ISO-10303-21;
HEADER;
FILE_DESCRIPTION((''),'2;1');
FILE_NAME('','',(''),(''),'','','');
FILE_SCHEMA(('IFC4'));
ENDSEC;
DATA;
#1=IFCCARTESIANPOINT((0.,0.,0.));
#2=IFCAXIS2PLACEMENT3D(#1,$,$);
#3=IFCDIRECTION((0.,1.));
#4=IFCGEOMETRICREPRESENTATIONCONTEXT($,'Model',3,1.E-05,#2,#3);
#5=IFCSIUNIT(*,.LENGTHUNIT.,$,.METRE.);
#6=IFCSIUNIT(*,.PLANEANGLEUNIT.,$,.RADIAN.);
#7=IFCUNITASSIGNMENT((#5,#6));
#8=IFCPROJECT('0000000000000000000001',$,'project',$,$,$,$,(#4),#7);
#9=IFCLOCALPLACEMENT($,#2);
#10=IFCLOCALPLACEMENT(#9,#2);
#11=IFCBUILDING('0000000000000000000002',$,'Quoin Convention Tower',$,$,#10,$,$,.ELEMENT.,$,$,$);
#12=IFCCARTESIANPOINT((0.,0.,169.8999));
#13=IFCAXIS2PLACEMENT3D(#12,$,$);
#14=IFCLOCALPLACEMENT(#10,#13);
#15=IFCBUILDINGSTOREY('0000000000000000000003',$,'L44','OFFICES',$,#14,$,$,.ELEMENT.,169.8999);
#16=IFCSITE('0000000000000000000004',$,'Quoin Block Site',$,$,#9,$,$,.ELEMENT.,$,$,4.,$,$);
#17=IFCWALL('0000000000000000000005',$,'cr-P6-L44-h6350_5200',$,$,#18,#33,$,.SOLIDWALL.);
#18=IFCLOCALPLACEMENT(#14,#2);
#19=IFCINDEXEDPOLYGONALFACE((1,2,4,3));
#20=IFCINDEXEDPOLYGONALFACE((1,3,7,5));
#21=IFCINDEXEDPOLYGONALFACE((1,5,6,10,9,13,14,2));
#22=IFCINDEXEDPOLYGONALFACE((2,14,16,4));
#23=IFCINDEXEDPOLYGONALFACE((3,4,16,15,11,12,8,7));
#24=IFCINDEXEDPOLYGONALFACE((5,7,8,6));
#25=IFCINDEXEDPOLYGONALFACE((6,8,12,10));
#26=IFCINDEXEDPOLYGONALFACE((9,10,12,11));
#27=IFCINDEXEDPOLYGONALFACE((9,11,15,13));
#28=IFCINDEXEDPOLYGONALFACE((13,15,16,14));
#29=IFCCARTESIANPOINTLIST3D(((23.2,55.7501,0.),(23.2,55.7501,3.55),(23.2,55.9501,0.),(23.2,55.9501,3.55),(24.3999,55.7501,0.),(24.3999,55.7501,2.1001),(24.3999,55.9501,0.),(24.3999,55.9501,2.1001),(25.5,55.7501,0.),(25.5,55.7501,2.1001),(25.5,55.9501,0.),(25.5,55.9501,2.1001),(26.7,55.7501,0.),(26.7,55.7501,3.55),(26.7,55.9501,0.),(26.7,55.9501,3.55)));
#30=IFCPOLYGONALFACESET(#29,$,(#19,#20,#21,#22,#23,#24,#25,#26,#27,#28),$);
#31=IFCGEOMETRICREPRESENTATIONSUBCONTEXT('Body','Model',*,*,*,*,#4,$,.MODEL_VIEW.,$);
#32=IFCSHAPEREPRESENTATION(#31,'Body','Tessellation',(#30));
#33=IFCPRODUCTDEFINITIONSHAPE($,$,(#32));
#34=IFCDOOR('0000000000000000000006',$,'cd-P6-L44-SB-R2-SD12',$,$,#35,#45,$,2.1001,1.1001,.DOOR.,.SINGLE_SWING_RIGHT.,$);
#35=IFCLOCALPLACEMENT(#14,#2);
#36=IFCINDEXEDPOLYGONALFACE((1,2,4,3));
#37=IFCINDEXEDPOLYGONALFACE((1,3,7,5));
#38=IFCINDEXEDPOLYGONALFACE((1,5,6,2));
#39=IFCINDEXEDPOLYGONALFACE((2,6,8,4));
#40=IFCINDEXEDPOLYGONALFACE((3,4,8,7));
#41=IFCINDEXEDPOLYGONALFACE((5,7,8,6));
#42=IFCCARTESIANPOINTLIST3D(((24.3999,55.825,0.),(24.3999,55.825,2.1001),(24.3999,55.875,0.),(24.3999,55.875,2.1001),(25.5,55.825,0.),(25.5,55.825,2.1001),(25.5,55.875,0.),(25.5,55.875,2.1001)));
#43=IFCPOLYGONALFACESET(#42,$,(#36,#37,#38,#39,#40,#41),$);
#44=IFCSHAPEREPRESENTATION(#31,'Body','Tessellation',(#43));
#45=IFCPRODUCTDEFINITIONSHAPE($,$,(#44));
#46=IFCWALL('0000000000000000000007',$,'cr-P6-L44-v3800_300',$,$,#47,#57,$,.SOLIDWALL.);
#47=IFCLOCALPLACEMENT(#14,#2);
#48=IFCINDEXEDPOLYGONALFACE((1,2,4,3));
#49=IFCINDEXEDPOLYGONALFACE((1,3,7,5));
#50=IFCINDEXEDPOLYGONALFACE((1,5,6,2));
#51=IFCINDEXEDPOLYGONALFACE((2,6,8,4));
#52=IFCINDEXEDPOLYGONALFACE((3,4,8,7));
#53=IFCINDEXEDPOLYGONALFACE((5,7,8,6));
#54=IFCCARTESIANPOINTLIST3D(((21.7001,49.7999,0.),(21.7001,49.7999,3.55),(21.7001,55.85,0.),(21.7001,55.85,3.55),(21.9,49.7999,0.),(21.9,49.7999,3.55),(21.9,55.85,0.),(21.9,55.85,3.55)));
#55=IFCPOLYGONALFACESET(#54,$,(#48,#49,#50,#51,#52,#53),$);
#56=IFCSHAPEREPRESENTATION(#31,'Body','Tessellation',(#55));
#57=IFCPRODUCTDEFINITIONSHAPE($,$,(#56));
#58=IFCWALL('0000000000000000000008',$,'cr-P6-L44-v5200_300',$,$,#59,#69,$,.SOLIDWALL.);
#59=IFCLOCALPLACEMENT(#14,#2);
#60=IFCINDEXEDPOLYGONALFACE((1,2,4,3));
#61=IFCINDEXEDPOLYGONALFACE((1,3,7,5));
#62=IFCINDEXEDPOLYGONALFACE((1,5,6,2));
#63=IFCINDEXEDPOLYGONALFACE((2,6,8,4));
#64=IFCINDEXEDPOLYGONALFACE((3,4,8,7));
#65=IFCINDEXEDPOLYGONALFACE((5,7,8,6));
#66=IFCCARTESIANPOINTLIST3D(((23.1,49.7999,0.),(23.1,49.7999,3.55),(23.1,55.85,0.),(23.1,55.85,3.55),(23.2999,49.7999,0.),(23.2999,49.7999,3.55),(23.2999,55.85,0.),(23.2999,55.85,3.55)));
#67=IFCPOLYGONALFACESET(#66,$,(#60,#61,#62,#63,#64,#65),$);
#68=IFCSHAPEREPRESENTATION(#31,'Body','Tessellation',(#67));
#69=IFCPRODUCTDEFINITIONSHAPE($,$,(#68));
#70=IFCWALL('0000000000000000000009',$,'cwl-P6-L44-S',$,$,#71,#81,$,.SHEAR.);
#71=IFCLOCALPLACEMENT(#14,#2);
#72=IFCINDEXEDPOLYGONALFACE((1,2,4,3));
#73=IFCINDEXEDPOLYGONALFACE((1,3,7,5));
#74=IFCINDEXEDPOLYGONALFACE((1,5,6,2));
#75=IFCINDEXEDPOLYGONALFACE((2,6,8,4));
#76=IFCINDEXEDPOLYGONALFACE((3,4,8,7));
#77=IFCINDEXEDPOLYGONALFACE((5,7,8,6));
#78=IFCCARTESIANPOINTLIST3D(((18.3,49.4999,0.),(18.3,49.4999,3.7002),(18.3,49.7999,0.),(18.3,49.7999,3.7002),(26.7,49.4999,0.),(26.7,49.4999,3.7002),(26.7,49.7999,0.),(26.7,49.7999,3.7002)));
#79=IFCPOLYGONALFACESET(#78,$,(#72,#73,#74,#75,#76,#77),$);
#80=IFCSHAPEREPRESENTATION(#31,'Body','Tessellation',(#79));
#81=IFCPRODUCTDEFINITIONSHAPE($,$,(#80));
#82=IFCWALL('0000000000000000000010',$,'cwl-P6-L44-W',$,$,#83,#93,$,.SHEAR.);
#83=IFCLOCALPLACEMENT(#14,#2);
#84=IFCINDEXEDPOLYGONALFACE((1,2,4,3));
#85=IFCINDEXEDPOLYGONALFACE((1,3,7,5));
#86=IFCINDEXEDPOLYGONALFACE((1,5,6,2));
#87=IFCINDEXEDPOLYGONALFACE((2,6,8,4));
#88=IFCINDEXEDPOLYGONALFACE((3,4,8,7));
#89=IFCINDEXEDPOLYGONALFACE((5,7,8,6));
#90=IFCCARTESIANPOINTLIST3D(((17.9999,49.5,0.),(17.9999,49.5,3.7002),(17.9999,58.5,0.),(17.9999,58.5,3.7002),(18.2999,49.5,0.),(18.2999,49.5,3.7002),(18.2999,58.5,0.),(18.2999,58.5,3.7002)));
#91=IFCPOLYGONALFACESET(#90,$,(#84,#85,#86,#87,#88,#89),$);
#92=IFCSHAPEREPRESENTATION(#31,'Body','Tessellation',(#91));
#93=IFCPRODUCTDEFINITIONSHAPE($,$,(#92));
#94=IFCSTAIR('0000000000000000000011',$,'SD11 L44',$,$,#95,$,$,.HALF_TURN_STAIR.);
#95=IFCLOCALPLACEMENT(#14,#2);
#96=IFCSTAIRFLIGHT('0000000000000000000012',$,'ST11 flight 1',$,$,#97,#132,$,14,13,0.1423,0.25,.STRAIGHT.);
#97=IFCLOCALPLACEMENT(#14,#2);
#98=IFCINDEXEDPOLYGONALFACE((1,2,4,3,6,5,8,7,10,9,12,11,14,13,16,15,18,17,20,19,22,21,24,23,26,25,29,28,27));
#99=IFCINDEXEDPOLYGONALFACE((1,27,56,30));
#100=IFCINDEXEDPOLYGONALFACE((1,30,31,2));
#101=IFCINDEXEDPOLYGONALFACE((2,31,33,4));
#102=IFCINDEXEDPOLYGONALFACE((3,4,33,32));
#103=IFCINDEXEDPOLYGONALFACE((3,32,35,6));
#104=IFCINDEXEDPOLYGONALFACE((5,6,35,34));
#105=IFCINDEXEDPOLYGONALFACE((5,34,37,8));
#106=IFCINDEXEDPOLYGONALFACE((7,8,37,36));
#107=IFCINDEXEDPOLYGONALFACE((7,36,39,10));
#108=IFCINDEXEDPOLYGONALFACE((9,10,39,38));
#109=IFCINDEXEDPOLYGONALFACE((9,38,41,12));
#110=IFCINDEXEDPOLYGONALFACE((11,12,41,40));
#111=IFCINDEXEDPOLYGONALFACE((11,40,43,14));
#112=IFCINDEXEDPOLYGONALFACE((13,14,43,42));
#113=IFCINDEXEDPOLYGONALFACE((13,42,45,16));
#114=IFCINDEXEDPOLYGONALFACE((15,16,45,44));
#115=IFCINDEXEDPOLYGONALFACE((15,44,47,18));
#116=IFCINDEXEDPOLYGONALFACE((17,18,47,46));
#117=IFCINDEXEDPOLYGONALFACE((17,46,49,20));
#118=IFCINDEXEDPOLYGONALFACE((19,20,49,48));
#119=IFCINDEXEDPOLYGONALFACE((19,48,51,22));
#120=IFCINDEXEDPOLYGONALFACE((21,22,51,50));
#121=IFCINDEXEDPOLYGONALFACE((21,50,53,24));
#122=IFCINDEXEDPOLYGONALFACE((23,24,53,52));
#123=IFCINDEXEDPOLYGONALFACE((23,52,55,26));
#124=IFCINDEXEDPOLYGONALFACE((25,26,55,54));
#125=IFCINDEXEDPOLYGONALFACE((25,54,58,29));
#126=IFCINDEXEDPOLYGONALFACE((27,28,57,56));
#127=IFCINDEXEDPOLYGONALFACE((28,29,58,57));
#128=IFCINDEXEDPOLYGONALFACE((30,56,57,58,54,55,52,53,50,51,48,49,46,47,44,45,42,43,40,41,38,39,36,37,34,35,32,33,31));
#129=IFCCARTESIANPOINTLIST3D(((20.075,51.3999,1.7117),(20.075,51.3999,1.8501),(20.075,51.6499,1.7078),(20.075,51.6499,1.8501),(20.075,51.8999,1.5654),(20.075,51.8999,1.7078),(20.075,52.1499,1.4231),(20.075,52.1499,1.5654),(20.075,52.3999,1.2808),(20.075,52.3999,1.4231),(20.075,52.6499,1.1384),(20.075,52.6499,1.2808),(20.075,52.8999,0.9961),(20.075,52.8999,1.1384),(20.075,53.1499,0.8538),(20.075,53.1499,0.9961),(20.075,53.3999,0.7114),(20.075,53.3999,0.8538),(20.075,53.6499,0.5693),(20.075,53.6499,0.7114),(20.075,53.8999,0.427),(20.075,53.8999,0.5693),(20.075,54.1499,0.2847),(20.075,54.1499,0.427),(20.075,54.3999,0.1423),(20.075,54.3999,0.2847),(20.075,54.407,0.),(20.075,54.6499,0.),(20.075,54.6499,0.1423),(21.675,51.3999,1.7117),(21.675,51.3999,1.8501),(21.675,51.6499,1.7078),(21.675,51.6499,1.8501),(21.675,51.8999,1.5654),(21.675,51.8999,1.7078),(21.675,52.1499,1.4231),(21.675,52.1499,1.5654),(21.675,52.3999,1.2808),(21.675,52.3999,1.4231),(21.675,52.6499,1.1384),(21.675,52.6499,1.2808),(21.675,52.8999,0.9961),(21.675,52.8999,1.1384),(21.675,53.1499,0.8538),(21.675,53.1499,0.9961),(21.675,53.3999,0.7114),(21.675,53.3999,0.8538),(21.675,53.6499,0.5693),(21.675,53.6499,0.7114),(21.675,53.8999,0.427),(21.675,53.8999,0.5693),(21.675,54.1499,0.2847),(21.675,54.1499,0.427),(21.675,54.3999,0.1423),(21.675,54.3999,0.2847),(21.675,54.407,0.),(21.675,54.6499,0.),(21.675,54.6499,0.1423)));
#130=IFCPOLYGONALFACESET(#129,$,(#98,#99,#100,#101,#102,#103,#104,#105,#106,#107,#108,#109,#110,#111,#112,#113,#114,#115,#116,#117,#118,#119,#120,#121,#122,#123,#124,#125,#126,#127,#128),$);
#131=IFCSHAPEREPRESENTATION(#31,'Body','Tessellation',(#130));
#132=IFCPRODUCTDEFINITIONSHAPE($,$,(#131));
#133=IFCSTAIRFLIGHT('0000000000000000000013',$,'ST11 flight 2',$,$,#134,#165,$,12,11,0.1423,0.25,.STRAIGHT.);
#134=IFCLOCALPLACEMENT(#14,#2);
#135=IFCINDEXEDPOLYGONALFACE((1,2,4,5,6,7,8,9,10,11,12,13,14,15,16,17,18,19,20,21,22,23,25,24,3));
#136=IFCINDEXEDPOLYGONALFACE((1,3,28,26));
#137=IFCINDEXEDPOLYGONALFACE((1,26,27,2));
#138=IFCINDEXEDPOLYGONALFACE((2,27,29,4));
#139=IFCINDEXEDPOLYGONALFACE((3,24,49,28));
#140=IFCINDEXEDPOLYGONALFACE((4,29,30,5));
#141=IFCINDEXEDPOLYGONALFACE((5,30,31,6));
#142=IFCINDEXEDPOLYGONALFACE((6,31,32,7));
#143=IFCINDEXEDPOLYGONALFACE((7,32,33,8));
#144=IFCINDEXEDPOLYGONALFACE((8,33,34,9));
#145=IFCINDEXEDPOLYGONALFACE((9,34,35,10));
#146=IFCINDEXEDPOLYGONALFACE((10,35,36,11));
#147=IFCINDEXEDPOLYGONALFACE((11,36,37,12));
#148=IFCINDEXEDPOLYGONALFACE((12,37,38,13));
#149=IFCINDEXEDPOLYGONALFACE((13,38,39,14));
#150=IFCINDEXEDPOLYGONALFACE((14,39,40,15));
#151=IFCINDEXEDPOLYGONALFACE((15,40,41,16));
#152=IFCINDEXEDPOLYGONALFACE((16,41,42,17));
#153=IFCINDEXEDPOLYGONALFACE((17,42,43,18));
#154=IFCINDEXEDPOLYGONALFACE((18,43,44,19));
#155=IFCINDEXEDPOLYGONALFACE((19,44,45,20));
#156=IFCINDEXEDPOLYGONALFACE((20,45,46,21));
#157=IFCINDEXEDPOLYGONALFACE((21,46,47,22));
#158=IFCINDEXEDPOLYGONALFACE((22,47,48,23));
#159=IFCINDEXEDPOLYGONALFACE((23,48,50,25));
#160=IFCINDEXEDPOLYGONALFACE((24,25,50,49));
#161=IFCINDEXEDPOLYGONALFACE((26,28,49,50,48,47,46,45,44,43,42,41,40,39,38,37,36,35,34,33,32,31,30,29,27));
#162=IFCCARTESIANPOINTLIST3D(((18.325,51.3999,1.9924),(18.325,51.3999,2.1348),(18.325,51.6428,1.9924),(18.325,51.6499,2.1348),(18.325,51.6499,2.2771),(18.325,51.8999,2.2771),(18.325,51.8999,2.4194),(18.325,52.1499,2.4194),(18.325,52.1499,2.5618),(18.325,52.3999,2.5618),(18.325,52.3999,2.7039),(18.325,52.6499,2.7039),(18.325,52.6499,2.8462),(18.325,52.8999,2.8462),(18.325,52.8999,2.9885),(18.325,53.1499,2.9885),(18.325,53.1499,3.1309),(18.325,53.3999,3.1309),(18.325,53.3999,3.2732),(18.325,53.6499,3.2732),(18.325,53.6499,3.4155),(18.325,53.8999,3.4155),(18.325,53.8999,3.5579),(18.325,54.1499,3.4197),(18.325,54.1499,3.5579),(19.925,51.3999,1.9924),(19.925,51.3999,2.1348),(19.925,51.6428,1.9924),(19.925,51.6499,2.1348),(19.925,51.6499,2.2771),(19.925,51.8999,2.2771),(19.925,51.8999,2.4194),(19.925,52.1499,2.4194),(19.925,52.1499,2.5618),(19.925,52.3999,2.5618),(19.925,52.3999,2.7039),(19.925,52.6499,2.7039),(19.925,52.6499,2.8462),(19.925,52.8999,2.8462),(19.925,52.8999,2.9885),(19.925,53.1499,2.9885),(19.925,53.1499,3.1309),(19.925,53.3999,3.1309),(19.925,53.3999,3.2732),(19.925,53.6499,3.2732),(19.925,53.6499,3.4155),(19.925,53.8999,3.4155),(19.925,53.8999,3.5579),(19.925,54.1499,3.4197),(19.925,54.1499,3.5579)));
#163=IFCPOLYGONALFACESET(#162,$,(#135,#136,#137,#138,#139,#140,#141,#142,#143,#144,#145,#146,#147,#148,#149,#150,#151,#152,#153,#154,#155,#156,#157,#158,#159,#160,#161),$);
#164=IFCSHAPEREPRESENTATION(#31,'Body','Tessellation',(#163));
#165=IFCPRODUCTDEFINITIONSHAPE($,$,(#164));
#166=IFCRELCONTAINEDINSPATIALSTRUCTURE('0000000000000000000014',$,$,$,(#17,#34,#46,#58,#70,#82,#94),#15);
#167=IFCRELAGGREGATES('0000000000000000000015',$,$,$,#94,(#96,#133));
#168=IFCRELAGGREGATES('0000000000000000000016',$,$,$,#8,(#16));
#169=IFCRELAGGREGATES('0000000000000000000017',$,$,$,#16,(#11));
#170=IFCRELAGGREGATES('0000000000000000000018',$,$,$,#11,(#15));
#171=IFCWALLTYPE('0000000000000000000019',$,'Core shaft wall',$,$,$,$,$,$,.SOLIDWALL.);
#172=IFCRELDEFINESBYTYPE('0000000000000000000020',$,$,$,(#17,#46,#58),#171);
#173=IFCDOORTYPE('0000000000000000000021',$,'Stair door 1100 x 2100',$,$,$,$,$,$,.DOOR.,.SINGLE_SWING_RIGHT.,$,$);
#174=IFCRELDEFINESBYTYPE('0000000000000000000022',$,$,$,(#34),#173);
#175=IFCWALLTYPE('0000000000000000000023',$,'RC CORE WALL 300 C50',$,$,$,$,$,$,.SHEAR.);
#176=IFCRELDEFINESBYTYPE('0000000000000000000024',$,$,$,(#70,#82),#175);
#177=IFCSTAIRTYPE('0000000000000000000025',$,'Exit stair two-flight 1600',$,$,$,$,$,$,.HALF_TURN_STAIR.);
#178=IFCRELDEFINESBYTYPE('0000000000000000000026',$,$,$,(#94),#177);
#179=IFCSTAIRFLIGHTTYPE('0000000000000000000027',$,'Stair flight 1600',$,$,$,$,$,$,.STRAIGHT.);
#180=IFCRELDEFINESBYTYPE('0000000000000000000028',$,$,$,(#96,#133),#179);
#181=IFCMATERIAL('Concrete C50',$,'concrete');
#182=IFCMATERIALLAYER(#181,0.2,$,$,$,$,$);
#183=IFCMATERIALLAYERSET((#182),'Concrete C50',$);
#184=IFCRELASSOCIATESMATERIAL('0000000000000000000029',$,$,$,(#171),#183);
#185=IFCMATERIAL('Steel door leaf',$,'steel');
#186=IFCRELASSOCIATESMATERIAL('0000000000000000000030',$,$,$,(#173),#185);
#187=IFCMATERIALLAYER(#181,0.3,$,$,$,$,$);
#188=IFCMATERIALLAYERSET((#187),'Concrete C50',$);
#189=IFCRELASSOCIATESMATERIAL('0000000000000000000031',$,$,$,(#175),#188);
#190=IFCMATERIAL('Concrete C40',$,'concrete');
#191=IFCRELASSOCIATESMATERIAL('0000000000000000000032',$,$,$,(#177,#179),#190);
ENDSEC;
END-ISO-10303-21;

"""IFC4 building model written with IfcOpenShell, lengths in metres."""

from ifc_helpers import new_model, si_unit, direction, frame, frame_2d, origin, place, context, subcontext, project, spatial, polyline, rectangle, outline, extrude, material, layer, layer_set, type_object, element, fill, aggregate, save


model = new_model("IFC4")

# Units and contexts
model_context = context("Model", 3, precision=1e-05, world=origin(), true_north=direction((0.0, 1.0)))
body_context = subcontext(model_context, "Body", "Model", "MODEL_VIEW")
ifc_project = project(units=[si_unit("LENGTHUNIT", "METRE"), si_unit("PLANEANGLEUNIT", "RADIAN")], contexts=[model_context])

# Site, building, storey
site_placement = place(None, origin())
site = spatial("IfcSite", under=ifc_project, at=site_placement, Name="Quoin Block Site", CompositionType="ELEMENT", RefElevation=4.0)
building_placement = place(site_placement, origin())
building = spatial("IfcBuilding", under=site, at=building_placement, Name="Quoin Convention Tower", CompositionType="ELEMENT")
storey_placement = place(building_placement, frame((0.0, 0.0, 169.8999)))
storey = spatial("IfcBuildingStorey", under=building, at=storey_placement, Name="L44", Description="OFFICES", CompositionType="ELEMENT", Elevation=169.8999)

# Shared definitions
ifc_material_1 = material(Name="Concrete C50", Category="concrete")

# Shared definitions
ifc_layer_1 = layer(ifc_material_1, 0.2)
ifc_layer_set_1 = layer_set([ifc_layer_1], Name="Concrete C50")
wall_type_1 = type_object("IfcWallType", Name="Core shaft wall", PredefinedType="SOLIDWALL", material=ifc_layer_set_1)

# Wall, opening, door
ifc_material_2 = material(Name="Steel door leaf", Category="steel")
door_type = type_object("IfcDoorType", Name="Stair door 1100 x 2100", OperationType="SINGLE_SWING_RIGHT", PredefinedType="DOOR", material=ifc_material_2)
wall_1_placement = place(storey_placement, frame((23.2, 55.8501, 0.0), z_axis=(0.0, 0.0, 1.0), x_axis=(1.0, 0.0, 0.0)))
wall_1 = element("IfcWall", 1, at=wall_1_placement, inside=storey, type_object=wall_type_1, Name="cr-P6-L44-h6350_5200", PredefinedType="SOLIDWALL", context=body_context, shape_type="SweptSolid", body=[
    extrude(rectangle(XDim=3.5, YDim=0.2, at=frame_2d((1.75, 0.0))), origin(), (0.0, 0.0, 1.0), 3.55),
])
opening_1_placement = place(wall_1_placement, frame((1.2, 0.0, 0.0)))
opening_1 = element("IfcOpeningElement", 2, at=opening_1_placement, cuts=wall_1, PredefinedType="OPENING", context=body_context, shape_type="SweptSolid", body=[
    extrude(rectangle(XDim=1.1001, YDim=2.1001, at=frame_2d((0.55, 1.05))), frame((0.0, 0.1099, 0.0), z_axis=(0.0, -1.0, 0.0), x_axis=(1.0, 0.0, 0.0)), (0.0, 0.0, 1.0), 0.22),
])
door_1_placement = place(opening_1_placement, origin())
door_1 = element("IfcDoor", 3, at=door_1_placement, inside=storey, type_object=door_type, Name="cd-P6-L44-SB-R2-SD12", OperationType="SINGLE_SWING_RIGHT", OverallHeight=2.1001, OverallWidth=1.1001, PredefinedType="DOOR", context=body_context, shape_type="SweptSolid", body=[
    extrude(rectangle(XDim=1.1001, YDim=2.1001, at=frame_2d((0.55, 1.05))), frame((0.0, 0.0249, 0.0), z_axis=(0.0, -1.0, 0.0), x_axis=(1.0, 0.0, 0.0)), (0.0, 0.0, 1.0), 0.05),
])
fill(opening_1, door_1)

# Walls
for number, where, z_axis, x_axis, name in (
    (4, (21.8, 49.8, 0.0), (0.0, 0.0, 1.0), (0.0, 1.0, 0.0), "cr-P6-L44-v3800_300"),
    (5, (23.2, 49.8, 0.0), (0.0, 0.0, 1.0), (0.0, 1.0, 0.0), "cr-P6-L44-v5200_300"),
):
    element("IfcWall", number, at=place(storey_placement, frame(where, z_axis=z_axis, x_axis=x_axis)), inside=storey, type_object=wall_type_1, Name=name, PredefinedType="SOLIDWALL", context=body_context, shape_type="SweptSolid", body=[
        extrude(rectangle(XDim=6.05, YDim=0.2, at=frame_2d((3.0249, 0.0))), origin(), (0.0, 0.0, 1.0), 3.55),
    ])
ifc_layer_2 = layer(ifc_material_1, 0.3)
ifc_layer_set_2 = layer_set([ifc_layer_2], Name="Concrete C50")
wall_type_2 = type_object("IfcWallType", Name="RC CORE WALL 300 C50", PredefinedType="SHEAR", material=ifc_layer_set_2)
wall_2_placement = place(storey_placement, frame((18.3, 49.6499, 0.0), z_axis=(0.0, 0.0, 1.0), x_axis=(1.0, 0.0, 0.0)))
element("IfcWall", 6, at=wall_2_placement, inside=storey, type_object=wall_type_2, Name="cwl-P6-L44-S", PredefinedType="SHEAR", context=body_context, shape_type="SweptSolid", body=[
    extrude(rectangle(XDim=8.3999, YDim=0.3, at=frame_2d((4.2, 0.0))), origin(), (0.0, 0.0, 1.0), 3.7002),
])
wall_3_placement = place(storey_placement, frame((18.1499, 49.5, 0.0), z_axis=(0.0, 0.0, 1.0), x_axis=(0.0, 1.0, 0.0)))
element("IfcWall", 7, at=wall_3_placement, inside=storey, type_object=wall_type_2, Name="cwl-P6-L44-W", PredefinedType="SHEAR", context=body_context, shape_type="SweptSolid", body=[
    extrude(rectangle(XDim=9.0, YDim=0.3, at=frame_2d((4.5, 0.0))), origin(), (0.0, 0.0, 1.0), 3.7002),
])

# Stair, stair flights
ifc_material_3 = material(Name="Concrete C40", Category="concrete")
stair_type = type_object("IfcStairType", Name="Exit stair two-flight 1600", PredefinedType="HALF_TURN_STAIR", material=ifc_material_3)
stair_placement = place(storey_placement, origin())
stair = element("IfcStair", 8, at=stair_placement, inside=storey, type_object=stair_type, Name="SD11 L44", PredefinedType="HALF_TURN_STAIR")
stair_flight_type = type_object("IfcStairFlightType", Name="Stair flight 1600", PredefinedType="STRAIGHT", material=ifc_material_3)
stair_flight_1_placement = place(storey_placement, frame((20.875, 54.6499, 0.0), z_axis=(0.0, 0.0, 1.0), x_axis=(0.0, -1.0, 0.0)))
stair_flight_1 = element("IfcStairFlight", 9, at=stair_flight_1_placement, type_object=stair_flight_type, Name="ST11 flight 1", NumberOfRisers=14, NumberOfTreads=13, PredefinedType="STRAIGHT", RiserHeight=0.1423, TreadLength=0.25, context=body_context, shape_type="SweptSolid", body=[
    extrude(outline(polyline([(0.0, 0.0), (0.0, 0.1423), (0.25, 0.1423), (0.25, 0.2847), (0.5, 0.2847), (0.5, 0.427), (0.75, 0.427), (0.75, 0.5693), (1.0, 0.5693), (1.0, 0.7114), (1.25, 0.7114), (1.25, 0.8538), (1.5, 0.8538), (1.5, 0.9961), (1.75, 0.9961), (1.75, 1.1384), (2.0, 1.1384), (2.0, 1.2808), (2.25, 1.2808), (2.25, 1.4231), (2.5, 1.4231), (2.5, 1.5654), (2.75, 1.5654), (2.75, 1.7078), (3.0, 1.7078), (3.0, 1.8501), (3.25, 1.8501), (3.25, 1.9922), (3.25, 1.7117), (0.2429, 0.0), (0.0, 0.0)])), frame((0.0, 0.8, 0.0), z_axis=(0.0, -1.0, 0.0), x_axis=(1.0, 0.0, 0.0)), (0.0, 0.0, 1.0), 1.6001),
])
stair_flight_2_placement = place(storey_placement, frame((19.125, 51.3999, 1.9924), z_axis=(0.0, 0.0, 1.0), x_axis=(0.0, 1.0, 0.0)))
stair_flight_2 = element("IfcStairFlight", 10, at=stair_flight_2_placement, type_object=stair_flight_type, Name="ST11 flight 2", NumberOfRisers=12, NumberOfTreads=11, PredefinedType="STRAIGHT", RiserHeight=0.1423, TreadLength=0.25, context=body_context, shape_type="SweptSolid", body=[
    extrude(outline(polyline([(0.0, 0.0), (0.0, 0.1423), (0.25, 0.1423), (0.25, 0.2847), (0.5, 0.2847), (0.5, 0.427), (0.75, 0.427), (0.75, 0.5693), (1.0, 0.5693), (1.0, 0.7114), (1.25, 0.7114), (1.25, 0.8538), (1.5, 0.8538), (1.5, 0.9961), (1.75, 0.9961), (1.75, 1.1384), (2.0, 1.1384), (2.0, 1.2808), (2.25, 1.2808), (2.25, 1.4231), (2.5, 1.4231), (2.5, 1.5654), (2.75, 1.5654), (2.75, 1.7078), (2.75, 1.4272), (0.2429, 0.0), (0.0, 0.0)])), frame((0.0, 0.8, 0.0), z_axis=(0.0, -1.0, 0.0), x_axis=(1.0, 0.0, 0.0)), (0.0, 0.0, 1.0), 1.6001),
])
aggregate(stair, [stair_flight_1, stair_flight_2])

save(model, "model.ifc")
